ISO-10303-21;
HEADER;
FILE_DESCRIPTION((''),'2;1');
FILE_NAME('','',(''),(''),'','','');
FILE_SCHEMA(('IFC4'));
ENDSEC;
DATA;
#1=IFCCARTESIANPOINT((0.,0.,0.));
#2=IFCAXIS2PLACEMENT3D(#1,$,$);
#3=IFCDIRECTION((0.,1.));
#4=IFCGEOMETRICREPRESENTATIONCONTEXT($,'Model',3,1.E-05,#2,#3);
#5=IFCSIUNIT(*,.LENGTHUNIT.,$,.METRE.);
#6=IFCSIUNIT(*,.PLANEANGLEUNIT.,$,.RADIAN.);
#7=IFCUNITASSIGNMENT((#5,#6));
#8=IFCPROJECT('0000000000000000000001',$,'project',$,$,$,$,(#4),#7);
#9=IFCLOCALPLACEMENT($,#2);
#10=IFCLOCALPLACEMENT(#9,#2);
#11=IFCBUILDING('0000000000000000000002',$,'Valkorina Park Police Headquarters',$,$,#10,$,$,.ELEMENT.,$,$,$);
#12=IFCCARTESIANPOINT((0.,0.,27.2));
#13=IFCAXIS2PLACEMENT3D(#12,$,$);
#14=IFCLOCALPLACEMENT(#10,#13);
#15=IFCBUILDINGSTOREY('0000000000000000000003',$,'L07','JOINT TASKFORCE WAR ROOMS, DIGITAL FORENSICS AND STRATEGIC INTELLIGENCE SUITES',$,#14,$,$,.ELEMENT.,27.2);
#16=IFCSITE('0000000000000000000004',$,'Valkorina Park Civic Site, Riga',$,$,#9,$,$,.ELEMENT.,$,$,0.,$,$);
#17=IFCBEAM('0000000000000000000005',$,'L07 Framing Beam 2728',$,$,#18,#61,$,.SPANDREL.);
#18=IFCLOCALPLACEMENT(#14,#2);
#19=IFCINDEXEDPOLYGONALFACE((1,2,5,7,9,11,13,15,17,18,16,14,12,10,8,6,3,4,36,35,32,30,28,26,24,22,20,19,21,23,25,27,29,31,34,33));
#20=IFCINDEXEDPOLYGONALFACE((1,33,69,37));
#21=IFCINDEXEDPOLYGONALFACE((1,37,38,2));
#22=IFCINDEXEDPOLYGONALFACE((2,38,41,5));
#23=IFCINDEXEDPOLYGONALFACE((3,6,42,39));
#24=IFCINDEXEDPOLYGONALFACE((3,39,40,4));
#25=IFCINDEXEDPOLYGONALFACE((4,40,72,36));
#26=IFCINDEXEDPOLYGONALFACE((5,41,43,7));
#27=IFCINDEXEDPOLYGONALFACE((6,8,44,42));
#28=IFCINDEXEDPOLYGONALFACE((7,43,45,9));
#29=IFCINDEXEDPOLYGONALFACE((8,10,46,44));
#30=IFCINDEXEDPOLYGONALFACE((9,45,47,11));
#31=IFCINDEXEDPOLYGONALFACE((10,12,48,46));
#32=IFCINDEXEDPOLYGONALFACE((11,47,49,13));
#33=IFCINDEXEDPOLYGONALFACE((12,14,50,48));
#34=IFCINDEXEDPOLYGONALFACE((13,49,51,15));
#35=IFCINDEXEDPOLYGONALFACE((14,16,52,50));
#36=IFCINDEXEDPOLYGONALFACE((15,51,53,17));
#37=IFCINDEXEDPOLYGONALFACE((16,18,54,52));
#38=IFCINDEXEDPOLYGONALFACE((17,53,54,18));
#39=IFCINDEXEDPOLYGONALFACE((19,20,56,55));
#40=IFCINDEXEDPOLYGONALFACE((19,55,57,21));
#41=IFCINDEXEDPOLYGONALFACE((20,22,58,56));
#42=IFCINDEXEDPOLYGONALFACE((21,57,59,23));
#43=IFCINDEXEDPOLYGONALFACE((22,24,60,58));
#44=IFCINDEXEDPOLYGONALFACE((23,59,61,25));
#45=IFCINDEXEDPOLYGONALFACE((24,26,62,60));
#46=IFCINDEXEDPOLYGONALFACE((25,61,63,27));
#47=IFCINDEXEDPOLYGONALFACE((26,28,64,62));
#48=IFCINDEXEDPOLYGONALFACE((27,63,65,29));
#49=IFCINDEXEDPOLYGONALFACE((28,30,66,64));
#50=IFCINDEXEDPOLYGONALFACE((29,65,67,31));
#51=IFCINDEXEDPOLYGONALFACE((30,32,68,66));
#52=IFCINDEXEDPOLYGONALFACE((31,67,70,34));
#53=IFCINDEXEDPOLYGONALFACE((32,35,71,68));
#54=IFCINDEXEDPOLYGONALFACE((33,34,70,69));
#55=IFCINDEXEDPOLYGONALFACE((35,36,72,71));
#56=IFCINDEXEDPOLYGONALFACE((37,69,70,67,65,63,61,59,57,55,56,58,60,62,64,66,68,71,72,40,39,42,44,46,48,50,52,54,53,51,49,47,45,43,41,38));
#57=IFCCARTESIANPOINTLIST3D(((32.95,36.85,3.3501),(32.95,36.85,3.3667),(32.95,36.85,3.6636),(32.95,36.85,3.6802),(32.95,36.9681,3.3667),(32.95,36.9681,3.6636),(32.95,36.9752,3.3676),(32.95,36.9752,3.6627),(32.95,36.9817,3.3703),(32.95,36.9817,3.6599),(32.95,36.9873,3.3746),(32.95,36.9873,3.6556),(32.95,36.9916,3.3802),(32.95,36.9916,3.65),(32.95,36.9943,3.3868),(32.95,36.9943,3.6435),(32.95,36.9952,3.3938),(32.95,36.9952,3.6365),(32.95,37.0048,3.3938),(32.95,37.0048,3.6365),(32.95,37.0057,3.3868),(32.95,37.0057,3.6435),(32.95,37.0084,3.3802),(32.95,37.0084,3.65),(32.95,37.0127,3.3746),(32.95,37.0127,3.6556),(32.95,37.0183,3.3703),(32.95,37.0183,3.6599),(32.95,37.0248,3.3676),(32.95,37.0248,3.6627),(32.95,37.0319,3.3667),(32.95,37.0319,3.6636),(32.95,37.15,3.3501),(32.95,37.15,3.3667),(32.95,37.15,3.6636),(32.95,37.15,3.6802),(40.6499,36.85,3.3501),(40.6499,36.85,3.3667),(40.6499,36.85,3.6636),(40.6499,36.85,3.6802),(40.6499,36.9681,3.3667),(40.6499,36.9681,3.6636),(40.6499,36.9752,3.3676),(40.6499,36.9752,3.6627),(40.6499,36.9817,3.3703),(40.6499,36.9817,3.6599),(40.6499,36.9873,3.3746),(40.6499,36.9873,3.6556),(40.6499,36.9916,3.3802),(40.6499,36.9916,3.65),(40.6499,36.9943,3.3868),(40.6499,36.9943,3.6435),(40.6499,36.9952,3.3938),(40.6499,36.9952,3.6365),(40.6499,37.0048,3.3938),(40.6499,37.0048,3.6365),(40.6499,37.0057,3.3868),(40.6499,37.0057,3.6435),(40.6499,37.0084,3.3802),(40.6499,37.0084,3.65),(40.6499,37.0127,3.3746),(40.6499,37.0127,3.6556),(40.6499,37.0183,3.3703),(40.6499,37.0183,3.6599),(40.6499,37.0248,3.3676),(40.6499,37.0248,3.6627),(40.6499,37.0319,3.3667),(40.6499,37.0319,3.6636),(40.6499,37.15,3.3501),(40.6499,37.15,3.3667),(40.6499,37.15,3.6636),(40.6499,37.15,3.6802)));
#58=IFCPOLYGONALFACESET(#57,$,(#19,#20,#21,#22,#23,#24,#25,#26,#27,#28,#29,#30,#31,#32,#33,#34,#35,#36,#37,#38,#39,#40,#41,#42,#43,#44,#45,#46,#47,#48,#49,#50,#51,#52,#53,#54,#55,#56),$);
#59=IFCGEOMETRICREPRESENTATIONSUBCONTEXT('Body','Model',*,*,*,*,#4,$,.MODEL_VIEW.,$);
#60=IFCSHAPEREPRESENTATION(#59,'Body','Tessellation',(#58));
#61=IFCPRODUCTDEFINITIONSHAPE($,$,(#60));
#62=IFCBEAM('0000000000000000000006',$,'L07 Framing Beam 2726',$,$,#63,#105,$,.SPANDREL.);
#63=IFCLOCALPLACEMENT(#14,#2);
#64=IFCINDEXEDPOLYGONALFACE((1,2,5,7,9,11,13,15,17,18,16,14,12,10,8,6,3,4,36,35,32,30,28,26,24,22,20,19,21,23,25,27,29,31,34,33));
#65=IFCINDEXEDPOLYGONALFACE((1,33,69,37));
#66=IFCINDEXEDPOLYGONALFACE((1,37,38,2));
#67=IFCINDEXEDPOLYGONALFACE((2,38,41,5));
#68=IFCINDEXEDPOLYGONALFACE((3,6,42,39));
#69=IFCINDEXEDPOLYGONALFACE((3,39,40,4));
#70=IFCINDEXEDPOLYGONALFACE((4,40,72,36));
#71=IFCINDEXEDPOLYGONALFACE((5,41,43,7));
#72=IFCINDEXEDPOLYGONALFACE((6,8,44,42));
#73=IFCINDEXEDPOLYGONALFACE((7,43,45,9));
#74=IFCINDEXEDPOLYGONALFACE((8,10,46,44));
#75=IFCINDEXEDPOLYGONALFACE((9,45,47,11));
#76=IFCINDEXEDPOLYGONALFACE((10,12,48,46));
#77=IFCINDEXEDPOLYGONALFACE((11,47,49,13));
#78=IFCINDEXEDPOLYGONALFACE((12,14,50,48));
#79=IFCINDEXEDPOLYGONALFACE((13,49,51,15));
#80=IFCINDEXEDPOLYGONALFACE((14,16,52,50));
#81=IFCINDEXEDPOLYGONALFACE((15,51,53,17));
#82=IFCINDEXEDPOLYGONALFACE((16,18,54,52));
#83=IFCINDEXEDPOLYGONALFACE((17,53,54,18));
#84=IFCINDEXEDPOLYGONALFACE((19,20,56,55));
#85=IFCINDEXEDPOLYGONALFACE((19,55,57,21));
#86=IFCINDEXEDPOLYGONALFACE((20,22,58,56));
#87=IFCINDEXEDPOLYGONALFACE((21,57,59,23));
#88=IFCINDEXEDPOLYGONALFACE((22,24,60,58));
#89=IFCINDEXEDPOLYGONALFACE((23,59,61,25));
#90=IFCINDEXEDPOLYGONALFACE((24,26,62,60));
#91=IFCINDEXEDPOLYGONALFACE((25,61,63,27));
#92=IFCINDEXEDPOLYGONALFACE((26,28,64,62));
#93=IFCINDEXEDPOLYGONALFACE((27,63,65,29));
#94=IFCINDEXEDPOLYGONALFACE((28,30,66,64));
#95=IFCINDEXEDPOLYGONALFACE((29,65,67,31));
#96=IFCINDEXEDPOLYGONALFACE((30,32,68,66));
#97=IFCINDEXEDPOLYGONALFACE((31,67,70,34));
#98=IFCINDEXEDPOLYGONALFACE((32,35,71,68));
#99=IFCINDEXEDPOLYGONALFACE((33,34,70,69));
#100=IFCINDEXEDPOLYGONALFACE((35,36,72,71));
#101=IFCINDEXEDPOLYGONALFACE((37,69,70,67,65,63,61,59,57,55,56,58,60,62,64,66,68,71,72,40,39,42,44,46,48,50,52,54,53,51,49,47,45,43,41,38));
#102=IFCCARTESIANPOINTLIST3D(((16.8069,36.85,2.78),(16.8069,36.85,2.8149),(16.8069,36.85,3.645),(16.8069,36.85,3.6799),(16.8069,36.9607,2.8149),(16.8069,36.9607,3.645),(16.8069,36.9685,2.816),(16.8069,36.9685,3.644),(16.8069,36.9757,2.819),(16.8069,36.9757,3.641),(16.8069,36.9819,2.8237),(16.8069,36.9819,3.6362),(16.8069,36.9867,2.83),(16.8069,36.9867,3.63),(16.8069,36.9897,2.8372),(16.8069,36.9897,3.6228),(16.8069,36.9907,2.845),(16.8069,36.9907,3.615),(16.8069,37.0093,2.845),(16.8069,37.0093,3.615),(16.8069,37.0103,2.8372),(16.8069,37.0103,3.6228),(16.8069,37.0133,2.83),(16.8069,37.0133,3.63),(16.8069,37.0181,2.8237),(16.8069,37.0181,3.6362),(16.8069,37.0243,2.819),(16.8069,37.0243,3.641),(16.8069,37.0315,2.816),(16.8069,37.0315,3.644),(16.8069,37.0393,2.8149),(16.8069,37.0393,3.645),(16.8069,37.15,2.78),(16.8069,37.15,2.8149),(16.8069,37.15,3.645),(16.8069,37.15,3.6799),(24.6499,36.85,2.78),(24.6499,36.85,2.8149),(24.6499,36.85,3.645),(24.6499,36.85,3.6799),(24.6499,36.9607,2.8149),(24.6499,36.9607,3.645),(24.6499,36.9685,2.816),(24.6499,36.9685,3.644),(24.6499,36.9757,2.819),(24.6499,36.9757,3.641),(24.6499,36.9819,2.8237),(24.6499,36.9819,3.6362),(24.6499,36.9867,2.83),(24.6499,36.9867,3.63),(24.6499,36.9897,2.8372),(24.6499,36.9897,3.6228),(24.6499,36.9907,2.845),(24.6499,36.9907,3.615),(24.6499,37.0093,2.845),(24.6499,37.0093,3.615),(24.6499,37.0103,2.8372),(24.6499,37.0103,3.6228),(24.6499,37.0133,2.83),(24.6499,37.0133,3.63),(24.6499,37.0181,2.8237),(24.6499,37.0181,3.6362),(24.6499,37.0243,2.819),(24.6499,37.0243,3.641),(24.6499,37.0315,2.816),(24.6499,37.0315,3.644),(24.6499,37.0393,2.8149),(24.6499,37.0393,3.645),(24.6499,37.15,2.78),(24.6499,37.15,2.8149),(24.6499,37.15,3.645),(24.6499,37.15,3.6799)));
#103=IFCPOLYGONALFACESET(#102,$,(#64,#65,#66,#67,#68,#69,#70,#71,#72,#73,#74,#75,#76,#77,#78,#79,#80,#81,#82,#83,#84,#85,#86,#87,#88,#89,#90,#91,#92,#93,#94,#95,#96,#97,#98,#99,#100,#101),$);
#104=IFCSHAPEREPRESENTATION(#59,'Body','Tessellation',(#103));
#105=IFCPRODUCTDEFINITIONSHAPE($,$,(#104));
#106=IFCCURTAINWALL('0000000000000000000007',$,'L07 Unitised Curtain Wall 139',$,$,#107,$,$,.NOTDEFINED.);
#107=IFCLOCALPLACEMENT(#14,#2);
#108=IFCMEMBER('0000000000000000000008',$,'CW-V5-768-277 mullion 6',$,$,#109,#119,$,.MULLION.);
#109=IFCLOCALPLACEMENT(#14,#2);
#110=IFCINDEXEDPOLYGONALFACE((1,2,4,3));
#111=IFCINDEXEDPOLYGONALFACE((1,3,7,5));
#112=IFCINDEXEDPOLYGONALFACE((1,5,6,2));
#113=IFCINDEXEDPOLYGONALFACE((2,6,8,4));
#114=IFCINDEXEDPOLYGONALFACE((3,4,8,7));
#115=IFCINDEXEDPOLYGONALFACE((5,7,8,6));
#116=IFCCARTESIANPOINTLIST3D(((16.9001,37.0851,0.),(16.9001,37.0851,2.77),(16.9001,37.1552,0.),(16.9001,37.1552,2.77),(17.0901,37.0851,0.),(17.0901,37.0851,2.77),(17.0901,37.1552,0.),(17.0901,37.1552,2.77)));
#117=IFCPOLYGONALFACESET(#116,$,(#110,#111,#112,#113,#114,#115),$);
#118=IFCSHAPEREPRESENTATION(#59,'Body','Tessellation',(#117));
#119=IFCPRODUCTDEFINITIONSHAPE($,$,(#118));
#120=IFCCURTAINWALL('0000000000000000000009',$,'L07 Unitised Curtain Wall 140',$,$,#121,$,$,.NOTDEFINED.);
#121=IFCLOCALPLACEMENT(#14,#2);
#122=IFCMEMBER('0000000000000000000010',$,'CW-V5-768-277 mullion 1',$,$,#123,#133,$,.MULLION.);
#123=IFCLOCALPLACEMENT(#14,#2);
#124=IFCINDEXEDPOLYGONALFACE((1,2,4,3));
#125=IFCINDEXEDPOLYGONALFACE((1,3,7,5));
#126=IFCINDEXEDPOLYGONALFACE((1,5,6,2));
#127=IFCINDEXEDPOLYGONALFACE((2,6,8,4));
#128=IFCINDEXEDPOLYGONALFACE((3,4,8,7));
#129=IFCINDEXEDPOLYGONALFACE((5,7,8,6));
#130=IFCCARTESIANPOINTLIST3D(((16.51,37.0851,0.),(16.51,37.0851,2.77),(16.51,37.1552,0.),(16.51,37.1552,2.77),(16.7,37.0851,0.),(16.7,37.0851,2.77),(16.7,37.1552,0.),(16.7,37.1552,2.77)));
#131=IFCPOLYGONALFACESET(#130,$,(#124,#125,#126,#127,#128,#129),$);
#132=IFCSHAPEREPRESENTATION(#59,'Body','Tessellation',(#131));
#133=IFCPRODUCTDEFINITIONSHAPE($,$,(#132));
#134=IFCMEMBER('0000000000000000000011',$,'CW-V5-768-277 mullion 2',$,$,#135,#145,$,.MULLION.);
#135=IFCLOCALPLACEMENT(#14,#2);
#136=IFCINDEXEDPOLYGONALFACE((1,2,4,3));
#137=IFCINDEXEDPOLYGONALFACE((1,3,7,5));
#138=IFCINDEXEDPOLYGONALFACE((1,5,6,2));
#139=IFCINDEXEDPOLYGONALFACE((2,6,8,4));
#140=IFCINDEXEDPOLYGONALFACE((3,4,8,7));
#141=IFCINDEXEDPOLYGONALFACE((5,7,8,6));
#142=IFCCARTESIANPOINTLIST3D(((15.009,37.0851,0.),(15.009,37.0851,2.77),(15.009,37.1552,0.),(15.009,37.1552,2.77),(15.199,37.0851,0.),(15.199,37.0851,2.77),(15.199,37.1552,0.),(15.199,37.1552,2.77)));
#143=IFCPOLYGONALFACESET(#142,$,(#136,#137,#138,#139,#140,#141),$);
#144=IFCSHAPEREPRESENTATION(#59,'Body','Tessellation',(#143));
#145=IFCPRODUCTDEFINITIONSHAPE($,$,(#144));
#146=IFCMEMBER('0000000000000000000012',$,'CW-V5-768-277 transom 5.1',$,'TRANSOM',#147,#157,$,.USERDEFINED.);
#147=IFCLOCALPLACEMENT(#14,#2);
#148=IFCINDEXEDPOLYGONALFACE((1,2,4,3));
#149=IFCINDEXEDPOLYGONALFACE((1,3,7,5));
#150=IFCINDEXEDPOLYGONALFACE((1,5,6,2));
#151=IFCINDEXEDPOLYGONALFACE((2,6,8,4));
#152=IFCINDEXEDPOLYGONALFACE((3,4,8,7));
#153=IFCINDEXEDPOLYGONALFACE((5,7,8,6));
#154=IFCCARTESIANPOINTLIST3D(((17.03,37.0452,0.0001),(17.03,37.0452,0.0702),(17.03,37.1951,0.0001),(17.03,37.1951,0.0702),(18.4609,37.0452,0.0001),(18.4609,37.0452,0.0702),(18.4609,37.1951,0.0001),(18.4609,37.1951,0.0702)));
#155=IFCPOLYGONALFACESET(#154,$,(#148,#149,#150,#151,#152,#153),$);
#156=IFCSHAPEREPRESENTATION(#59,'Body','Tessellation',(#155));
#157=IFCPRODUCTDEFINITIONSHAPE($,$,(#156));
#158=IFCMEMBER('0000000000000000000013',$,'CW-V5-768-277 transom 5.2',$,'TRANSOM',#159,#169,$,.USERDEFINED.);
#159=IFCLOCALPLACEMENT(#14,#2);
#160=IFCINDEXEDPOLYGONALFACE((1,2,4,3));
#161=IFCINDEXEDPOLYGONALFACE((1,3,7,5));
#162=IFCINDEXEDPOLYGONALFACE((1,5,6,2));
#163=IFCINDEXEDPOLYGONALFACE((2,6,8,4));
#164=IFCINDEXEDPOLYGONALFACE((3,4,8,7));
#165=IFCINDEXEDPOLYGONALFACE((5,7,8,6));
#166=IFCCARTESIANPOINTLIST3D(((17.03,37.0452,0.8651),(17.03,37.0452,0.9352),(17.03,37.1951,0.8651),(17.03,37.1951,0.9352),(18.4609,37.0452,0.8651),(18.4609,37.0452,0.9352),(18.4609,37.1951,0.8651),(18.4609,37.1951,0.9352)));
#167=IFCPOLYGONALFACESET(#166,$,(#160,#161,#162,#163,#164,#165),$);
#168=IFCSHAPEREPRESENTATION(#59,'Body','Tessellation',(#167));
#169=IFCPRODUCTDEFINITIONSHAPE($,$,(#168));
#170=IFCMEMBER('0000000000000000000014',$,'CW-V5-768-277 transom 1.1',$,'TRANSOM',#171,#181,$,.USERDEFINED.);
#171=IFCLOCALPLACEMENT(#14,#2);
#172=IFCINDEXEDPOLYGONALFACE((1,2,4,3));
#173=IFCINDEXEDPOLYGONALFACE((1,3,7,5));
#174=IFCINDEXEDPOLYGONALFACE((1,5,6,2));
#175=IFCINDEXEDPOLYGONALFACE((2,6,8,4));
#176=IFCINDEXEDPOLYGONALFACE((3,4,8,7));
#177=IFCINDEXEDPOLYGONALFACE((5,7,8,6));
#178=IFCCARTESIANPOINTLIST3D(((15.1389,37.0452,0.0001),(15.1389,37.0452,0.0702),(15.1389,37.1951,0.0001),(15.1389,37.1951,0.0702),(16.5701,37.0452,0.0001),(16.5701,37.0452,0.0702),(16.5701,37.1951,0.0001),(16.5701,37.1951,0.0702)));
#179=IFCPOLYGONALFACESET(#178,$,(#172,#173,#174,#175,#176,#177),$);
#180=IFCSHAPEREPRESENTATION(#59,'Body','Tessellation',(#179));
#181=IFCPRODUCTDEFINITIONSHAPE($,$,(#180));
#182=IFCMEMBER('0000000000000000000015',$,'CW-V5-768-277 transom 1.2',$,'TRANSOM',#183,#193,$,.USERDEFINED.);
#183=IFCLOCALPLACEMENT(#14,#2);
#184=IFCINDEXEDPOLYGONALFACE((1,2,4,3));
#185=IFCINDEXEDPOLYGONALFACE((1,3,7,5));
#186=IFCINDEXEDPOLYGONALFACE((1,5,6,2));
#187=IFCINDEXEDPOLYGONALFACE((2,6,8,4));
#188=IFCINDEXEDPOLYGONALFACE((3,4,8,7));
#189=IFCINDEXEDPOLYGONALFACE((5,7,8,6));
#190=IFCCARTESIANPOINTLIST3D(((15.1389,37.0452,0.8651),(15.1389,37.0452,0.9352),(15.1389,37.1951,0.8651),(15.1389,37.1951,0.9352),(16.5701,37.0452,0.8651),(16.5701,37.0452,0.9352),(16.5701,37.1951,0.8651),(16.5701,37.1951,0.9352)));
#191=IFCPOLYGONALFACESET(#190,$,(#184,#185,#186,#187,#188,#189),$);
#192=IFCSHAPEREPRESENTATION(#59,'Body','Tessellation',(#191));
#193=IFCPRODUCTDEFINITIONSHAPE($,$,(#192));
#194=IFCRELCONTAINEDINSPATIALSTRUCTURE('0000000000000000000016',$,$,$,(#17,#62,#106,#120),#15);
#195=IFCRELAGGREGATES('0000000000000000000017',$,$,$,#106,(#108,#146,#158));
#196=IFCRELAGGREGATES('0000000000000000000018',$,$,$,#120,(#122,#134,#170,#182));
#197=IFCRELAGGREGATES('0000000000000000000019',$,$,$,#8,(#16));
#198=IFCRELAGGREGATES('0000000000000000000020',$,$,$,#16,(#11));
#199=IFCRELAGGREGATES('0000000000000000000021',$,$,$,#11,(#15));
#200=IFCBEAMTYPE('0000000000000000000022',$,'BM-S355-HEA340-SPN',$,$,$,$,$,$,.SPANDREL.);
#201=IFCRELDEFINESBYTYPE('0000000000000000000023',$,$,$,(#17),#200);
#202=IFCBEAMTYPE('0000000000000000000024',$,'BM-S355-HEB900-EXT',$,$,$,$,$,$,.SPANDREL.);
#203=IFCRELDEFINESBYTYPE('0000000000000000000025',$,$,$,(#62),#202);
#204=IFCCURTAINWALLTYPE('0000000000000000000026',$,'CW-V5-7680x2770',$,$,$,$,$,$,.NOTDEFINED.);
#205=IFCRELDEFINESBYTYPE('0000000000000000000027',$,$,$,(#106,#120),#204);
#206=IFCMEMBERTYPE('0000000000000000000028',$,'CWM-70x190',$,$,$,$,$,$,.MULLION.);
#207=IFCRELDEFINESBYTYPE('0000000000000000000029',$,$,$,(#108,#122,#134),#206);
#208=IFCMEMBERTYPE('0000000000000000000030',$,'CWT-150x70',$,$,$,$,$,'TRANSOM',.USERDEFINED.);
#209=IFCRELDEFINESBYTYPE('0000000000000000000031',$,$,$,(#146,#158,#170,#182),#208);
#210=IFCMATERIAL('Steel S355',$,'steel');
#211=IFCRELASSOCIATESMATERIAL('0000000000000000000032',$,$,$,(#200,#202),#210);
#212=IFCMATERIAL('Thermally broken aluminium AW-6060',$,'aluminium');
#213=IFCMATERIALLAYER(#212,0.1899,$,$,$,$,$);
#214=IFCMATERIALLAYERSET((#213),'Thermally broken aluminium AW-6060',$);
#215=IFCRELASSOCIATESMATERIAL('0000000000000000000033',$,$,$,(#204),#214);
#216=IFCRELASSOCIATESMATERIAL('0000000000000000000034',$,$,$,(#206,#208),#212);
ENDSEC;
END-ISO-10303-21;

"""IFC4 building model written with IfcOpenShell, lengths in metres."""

from ifc_helpers import new_model, si_unit, direction, frame, origin, origin_2d, place, context, subcontext, project, spatial, rectangle, i_section, extrude, material, layer, layer_set, material_profile, profile_set, type_object, element, aggregate, save


model = new_model("IFC4")

# Units and contexts
model_context = context("Model", 3, precision=1e-05, world=origin(), true_north=direction((0.0, 1.0)))
body_context = subcontext(model_context, "Body", "Model", "MODEL_VIEW")
ifc_project = project(units=[si_unit("LENGTHUNIT", "METRE"), si_unit("PLANEANGLEUNIT", "RADIAN")], contexts=[model_context])

# Site, building, storey
site_placement = place(None, origin())
site = spatial("IfcSite", under=ifc_project, at=site_placement, Name="Valkorina Park Civic Site, Riga", CompositionType="ELEMENT", RefElevation=0.0)
building_placement = place(site_placement, origin())
building = spatial("IfcBuilding", under=site, at=building_placement, Name="Valkorina Park Police Headquarters", CompositionType="ELEMENT")
storey_placement = place(building_placement, frame((0.0, 0.0, 27.2)))
storey = spatial("IfcBuildingStorey", under=building, at=storey_placement, Name="L07", Description="JOINT TASKFORCE WAR ROOMS, DIGITAL FORENSICS AND STRATEGIC INTELLIGENCE SUITES", CompositionType="ELEMENT", Elevation=27.2)

# Shared definitions
ifc_material_1 = material(Name="Steel S355", Category="steel")

# Beams
ifc_material_profile_1 = material_profile(ifc_material_1, i_section(OverallWidth=0.3, OverallDepth=0.3301, WebThickness=0.0095, FlangeThickness=0.0166, FilletRadius=0.0271, at=origin_2d()), Name="HEA 340")
ifc_profile_set_1 = profile_set([ifc_material_profile_1], Name="Steel S355")
beam_type_1 = type_object("IfcBeamType", Name="BM-S355-HEA340-SPN", PredefinedType="SPANDREL", material=ifc_profile_set_1)
for number, where, z_axis, x_axis, name in (
    (1, (32.95, 37.0, 3.5151), (1.0, 0.0, 0.0), (0.0, 1.0, 0.0), "L07 Framing Beam 2728"),
):
    element("IfcBeam", number, at=place(storey_placement, frame(where, z_axis=z_axis, x_axis=x_axis)), inside=storey, type_object=beam_type_1, Name=name, PredefinedType="SPANDREL", context=body_context, shape_type="SweptSolid", body=[
        extrude(i_section(OverallWidth=0.3, OverallDepth=0.3301, WebThickness=0.0095, FlangeThickness=0.0166, FilletRadius=0.0271, at=origin_2d()), origin(), (0.0, 0.0, 1.0), 7.7),
    ])
ifc_material_profile_2 = material_profile(ifc_material_1, i_section(OverallWidth=0.3, OverallDepth=0.8999, WebThickness=0.0186, FlangeThickness=0.0349, FilletRadius=0.03, at=origin_2d()), Name="HEB 900")
ifc_profile_set_2 = profile_set([ifc_material_profile_2], Name="Steel S355")
beam_type_2 = type_object("IfcBeamType", Name="BM-S355-HEB900-EXT", PredefinedType="SPANDREL", material=ifc_profile_set_2)
beam_placement = place(storey_placement, frame((16.8069, 37.0, 3.23), z_axis=(1.0, 0.0, 0.0), x_axis=(0.0, 1.0, 0.0)))
element("IfcBeam", 2, at=beam_placement, inside=storey, type_object=beam_type_2, Name="L07 Framing Beam 2726", PredefinedType="SPANDREL", context=body_context, shape_type="SweptSolid", body=[
    extrude(i_section(OverallWidth=0.3, OverallDepth=0.8999, WebThickness=0.0186, FlangeThickness=0.0349, FilletRadius=0.03, at=origin_2d()), origin(), (0.0, 0.0, 1.0), 7.843),
])

# Curtain wall, member
ifc_material_2 = material(Name="Thermally broken aluminium AW-6060", Category="aluminium")
ifc_layer_1 = layer(ifc_material_2, 0.1899)
ifc_layer_set_1 = layer_set([ifc_layer_1], Name="Thermally broken aluminium AW-6060")
curtain_wall_type = type_object("IfcCurtainWallType", Name="CW-V5-7680x2770", PredefinedType="NOTDEFINED", material=ifc_layer_set_1)
curtain_wall_1_placement = place(storey_placement, origin())
curtain_wall_1 = element("IfcCurtainWall", 3, at=curtain_wall_1_placement, inside=storey, type_object=curtain_wall_type, Name="L07 Unitised Curtain Wall 139", PredefinedType="NOTDEFINED")
ifc_material_profile_3 = material_profile(ifc_material_2, rectangle(XDim=0.0701, YDim=0.1899, at=origin_2d()), Name="CWM-02 70x190")
ifc_profile_set_3 = profile_set([ifc_material_profile_3], Name="Thermally broken aluminium AW-6060")
member_type_1 = type_object("IfcMemberType", Name="CWM-70x190", PredefinedType="MULLION", material=ifc_profile_set_3)
member_1_placement = place(storey_placement, frame((16.9951, 37.1201, 0.0), z_axis=(0.0, 0.0, 1.0), x_axis=(0.0, -1.0, 0.0)))
member_1 = element("IfcMember", 4, at=member_1_placement, type_object=member_type_1, Name="CW-V5-768-277 mullion 6", PredefinedType="MULLION", context=body_context, shape_type="SweptSolid", body=[
    extrude(rectangle(XDim=0.0701, YDim=0.1899, at=origin_2d()), origin(), (0.0, 0.0, 1.0), 2.77),
])

# Curtain wall, members
curtain_wall_2_placement = place(storey_placement, origin())
curtain_wall_2 = element("IfcCurtainWall", 5, at=curtain_wall_2_placement, inside=storey, type_object=curtain_wall_type, Name="L07 Unitised Curtain Wall 140", PredefinedType="NOTDEFINED")
member_2_placement = place(storey_placement, frame((16.605, 37.1201, 0.0), z_axis=(0.0, 0.0, 1.0), x_axis=(0.0, -1.0, 0.0)))
member_2 = element("IfcMember", 6, at=member_2_placement, type_object=member_type_1, Name="CW-V5-768-277 mullion 1", PredefinedType="MULLION", context=body_context, shape_type="SweptSolid", body=[
    extrude(rectangle(XDim=0.0701, YDim=0.1899, at=origin_2d()), origin(), (0.0, 0.0, 1.0), 2.77),
])
member_3_placement = place(storey_placement, frame((15.104, 37.1201, 0.0), z_axis=(0.0, 0.0, 1.0), x_axis=(0.0, -1.0, 0.0)))
member_3 = element("IfcMember", 7, at=member_3_placement, type_object=member_type_1, Name="CW-V5-768-277 mullion 2", PredefinedType="MULLION", context=body_context, shape_type="SweptSolid", body=[
    extrude(rectangle(XDim=0.0701, YDim=0.1899, at=origin_2d()), origin(), (0.0, 0.0, 1.0), 2.77),
])

# Members
ifc_material_profile_4 = material_profile(ifc_material_2, rectangle(XDim=0.1499, YDim=0.0701, at=origin_2d()), Name="CWT-02 150x70")
ifc_profile_set_4 = profile_set([ifc_material_profile_4], Name="Thermally broken aluminium AW-6060")
member_type_2 = type_object("IfcMemberType", Name="CWT-150x70", ElementType="TRANSOM", PredefinedType="USERDEFINED", material=ifc_profile_set_4)
member_4_placement = place(storey_placement, frame((18.4609, 37.1201, 0.0352), z_axis=(-1.0, 0.0, 0.0), x_axis=(0.0, -1.0, 0.0)))
member_4 = element("IfcMember", 8, at=member_4_placement, type_object=member_type_2, Name="CW-V5-768-277 transom 5.1", ObjectType="TRANSOM", PredefinedType="USERDEFINED", context=body_context, shape_type="SweptSolid", body=[
    extrude(rectangle(XDim=0.1499, YDim=0.0701, at=origin_2d()), origin(), (0.0, 0.0, 1.0), 1.4309),
])
member_5_placement = place(storey_placement, frame((18.4609, 37.1201, 0.9001), z_axis=(-1.0, 0.0, 0.0), x_axis=(0.0, -1.0, 0.0)))
member_5 = element("IfcMember", 9, at=member_5_placement, type_object=member_type_2, Name="CW-V5-768-277 transom 5.2", ObjectType="TRANSOM", PredefinedType="USERDEFINED", context=body_context, shape_type="SweptSolid", body=[
    extrude(rectangle(XDim=0.1499, YDim=0.0701, at=origin_2d()), origin(), (0.0, 0.0, 1.0), 1.4309),
])
member_6_placement = place(storey_placement, frame((16.5701, 37.1201, 0.0352), z_axis=(-1.0, 0.0, 0.0), x_axis=(0.0, -1.0, 0.0)))
member_6 = element("IfcMember", 10, at=member_6_placement, type_object=member_type_2, Name="CW-V5-768-277 transom 1.1", ObjectType="TRANSOM", PredefinedType="USERDEFINED", context=body_context, shape_type="SweptSolid", body=[
    extrude(rectangle(XDim=0.1499, YDim=0.0701, at=origin_2d()), origin(), (0.0, 0.0, 1.0), 1.4312),
])
member_7_placement = place(storey_placement, frame((16.5701, 37.1201, 0.9001), z_axis=(-1.0, 0.0, 0.0), x_axis=(0.0, -1.0, 0.0)))
member_7 = element("IfcMember", 11, at=member_7_placement, type_object=member_type_2, Name="CW-V5-768-277 transom 1.2", ObjectType="TRANSOM", PredefinedType="USERDEFINED", context=body_context, shape_type="SweptSolid", body=[
    extrude(rectangle(XDim=0.1499, YDim=0.0701, at=origin_2d()), origin(), (0.0, 0.0, 1.0), 1.4312),
])

aggregate(curtain_wall_1, [member_1, member_4, member_5])
aggregate(curtain_wall_2, [member_2, member_3, member_6, member_7])

save(model, "model.ifc")
